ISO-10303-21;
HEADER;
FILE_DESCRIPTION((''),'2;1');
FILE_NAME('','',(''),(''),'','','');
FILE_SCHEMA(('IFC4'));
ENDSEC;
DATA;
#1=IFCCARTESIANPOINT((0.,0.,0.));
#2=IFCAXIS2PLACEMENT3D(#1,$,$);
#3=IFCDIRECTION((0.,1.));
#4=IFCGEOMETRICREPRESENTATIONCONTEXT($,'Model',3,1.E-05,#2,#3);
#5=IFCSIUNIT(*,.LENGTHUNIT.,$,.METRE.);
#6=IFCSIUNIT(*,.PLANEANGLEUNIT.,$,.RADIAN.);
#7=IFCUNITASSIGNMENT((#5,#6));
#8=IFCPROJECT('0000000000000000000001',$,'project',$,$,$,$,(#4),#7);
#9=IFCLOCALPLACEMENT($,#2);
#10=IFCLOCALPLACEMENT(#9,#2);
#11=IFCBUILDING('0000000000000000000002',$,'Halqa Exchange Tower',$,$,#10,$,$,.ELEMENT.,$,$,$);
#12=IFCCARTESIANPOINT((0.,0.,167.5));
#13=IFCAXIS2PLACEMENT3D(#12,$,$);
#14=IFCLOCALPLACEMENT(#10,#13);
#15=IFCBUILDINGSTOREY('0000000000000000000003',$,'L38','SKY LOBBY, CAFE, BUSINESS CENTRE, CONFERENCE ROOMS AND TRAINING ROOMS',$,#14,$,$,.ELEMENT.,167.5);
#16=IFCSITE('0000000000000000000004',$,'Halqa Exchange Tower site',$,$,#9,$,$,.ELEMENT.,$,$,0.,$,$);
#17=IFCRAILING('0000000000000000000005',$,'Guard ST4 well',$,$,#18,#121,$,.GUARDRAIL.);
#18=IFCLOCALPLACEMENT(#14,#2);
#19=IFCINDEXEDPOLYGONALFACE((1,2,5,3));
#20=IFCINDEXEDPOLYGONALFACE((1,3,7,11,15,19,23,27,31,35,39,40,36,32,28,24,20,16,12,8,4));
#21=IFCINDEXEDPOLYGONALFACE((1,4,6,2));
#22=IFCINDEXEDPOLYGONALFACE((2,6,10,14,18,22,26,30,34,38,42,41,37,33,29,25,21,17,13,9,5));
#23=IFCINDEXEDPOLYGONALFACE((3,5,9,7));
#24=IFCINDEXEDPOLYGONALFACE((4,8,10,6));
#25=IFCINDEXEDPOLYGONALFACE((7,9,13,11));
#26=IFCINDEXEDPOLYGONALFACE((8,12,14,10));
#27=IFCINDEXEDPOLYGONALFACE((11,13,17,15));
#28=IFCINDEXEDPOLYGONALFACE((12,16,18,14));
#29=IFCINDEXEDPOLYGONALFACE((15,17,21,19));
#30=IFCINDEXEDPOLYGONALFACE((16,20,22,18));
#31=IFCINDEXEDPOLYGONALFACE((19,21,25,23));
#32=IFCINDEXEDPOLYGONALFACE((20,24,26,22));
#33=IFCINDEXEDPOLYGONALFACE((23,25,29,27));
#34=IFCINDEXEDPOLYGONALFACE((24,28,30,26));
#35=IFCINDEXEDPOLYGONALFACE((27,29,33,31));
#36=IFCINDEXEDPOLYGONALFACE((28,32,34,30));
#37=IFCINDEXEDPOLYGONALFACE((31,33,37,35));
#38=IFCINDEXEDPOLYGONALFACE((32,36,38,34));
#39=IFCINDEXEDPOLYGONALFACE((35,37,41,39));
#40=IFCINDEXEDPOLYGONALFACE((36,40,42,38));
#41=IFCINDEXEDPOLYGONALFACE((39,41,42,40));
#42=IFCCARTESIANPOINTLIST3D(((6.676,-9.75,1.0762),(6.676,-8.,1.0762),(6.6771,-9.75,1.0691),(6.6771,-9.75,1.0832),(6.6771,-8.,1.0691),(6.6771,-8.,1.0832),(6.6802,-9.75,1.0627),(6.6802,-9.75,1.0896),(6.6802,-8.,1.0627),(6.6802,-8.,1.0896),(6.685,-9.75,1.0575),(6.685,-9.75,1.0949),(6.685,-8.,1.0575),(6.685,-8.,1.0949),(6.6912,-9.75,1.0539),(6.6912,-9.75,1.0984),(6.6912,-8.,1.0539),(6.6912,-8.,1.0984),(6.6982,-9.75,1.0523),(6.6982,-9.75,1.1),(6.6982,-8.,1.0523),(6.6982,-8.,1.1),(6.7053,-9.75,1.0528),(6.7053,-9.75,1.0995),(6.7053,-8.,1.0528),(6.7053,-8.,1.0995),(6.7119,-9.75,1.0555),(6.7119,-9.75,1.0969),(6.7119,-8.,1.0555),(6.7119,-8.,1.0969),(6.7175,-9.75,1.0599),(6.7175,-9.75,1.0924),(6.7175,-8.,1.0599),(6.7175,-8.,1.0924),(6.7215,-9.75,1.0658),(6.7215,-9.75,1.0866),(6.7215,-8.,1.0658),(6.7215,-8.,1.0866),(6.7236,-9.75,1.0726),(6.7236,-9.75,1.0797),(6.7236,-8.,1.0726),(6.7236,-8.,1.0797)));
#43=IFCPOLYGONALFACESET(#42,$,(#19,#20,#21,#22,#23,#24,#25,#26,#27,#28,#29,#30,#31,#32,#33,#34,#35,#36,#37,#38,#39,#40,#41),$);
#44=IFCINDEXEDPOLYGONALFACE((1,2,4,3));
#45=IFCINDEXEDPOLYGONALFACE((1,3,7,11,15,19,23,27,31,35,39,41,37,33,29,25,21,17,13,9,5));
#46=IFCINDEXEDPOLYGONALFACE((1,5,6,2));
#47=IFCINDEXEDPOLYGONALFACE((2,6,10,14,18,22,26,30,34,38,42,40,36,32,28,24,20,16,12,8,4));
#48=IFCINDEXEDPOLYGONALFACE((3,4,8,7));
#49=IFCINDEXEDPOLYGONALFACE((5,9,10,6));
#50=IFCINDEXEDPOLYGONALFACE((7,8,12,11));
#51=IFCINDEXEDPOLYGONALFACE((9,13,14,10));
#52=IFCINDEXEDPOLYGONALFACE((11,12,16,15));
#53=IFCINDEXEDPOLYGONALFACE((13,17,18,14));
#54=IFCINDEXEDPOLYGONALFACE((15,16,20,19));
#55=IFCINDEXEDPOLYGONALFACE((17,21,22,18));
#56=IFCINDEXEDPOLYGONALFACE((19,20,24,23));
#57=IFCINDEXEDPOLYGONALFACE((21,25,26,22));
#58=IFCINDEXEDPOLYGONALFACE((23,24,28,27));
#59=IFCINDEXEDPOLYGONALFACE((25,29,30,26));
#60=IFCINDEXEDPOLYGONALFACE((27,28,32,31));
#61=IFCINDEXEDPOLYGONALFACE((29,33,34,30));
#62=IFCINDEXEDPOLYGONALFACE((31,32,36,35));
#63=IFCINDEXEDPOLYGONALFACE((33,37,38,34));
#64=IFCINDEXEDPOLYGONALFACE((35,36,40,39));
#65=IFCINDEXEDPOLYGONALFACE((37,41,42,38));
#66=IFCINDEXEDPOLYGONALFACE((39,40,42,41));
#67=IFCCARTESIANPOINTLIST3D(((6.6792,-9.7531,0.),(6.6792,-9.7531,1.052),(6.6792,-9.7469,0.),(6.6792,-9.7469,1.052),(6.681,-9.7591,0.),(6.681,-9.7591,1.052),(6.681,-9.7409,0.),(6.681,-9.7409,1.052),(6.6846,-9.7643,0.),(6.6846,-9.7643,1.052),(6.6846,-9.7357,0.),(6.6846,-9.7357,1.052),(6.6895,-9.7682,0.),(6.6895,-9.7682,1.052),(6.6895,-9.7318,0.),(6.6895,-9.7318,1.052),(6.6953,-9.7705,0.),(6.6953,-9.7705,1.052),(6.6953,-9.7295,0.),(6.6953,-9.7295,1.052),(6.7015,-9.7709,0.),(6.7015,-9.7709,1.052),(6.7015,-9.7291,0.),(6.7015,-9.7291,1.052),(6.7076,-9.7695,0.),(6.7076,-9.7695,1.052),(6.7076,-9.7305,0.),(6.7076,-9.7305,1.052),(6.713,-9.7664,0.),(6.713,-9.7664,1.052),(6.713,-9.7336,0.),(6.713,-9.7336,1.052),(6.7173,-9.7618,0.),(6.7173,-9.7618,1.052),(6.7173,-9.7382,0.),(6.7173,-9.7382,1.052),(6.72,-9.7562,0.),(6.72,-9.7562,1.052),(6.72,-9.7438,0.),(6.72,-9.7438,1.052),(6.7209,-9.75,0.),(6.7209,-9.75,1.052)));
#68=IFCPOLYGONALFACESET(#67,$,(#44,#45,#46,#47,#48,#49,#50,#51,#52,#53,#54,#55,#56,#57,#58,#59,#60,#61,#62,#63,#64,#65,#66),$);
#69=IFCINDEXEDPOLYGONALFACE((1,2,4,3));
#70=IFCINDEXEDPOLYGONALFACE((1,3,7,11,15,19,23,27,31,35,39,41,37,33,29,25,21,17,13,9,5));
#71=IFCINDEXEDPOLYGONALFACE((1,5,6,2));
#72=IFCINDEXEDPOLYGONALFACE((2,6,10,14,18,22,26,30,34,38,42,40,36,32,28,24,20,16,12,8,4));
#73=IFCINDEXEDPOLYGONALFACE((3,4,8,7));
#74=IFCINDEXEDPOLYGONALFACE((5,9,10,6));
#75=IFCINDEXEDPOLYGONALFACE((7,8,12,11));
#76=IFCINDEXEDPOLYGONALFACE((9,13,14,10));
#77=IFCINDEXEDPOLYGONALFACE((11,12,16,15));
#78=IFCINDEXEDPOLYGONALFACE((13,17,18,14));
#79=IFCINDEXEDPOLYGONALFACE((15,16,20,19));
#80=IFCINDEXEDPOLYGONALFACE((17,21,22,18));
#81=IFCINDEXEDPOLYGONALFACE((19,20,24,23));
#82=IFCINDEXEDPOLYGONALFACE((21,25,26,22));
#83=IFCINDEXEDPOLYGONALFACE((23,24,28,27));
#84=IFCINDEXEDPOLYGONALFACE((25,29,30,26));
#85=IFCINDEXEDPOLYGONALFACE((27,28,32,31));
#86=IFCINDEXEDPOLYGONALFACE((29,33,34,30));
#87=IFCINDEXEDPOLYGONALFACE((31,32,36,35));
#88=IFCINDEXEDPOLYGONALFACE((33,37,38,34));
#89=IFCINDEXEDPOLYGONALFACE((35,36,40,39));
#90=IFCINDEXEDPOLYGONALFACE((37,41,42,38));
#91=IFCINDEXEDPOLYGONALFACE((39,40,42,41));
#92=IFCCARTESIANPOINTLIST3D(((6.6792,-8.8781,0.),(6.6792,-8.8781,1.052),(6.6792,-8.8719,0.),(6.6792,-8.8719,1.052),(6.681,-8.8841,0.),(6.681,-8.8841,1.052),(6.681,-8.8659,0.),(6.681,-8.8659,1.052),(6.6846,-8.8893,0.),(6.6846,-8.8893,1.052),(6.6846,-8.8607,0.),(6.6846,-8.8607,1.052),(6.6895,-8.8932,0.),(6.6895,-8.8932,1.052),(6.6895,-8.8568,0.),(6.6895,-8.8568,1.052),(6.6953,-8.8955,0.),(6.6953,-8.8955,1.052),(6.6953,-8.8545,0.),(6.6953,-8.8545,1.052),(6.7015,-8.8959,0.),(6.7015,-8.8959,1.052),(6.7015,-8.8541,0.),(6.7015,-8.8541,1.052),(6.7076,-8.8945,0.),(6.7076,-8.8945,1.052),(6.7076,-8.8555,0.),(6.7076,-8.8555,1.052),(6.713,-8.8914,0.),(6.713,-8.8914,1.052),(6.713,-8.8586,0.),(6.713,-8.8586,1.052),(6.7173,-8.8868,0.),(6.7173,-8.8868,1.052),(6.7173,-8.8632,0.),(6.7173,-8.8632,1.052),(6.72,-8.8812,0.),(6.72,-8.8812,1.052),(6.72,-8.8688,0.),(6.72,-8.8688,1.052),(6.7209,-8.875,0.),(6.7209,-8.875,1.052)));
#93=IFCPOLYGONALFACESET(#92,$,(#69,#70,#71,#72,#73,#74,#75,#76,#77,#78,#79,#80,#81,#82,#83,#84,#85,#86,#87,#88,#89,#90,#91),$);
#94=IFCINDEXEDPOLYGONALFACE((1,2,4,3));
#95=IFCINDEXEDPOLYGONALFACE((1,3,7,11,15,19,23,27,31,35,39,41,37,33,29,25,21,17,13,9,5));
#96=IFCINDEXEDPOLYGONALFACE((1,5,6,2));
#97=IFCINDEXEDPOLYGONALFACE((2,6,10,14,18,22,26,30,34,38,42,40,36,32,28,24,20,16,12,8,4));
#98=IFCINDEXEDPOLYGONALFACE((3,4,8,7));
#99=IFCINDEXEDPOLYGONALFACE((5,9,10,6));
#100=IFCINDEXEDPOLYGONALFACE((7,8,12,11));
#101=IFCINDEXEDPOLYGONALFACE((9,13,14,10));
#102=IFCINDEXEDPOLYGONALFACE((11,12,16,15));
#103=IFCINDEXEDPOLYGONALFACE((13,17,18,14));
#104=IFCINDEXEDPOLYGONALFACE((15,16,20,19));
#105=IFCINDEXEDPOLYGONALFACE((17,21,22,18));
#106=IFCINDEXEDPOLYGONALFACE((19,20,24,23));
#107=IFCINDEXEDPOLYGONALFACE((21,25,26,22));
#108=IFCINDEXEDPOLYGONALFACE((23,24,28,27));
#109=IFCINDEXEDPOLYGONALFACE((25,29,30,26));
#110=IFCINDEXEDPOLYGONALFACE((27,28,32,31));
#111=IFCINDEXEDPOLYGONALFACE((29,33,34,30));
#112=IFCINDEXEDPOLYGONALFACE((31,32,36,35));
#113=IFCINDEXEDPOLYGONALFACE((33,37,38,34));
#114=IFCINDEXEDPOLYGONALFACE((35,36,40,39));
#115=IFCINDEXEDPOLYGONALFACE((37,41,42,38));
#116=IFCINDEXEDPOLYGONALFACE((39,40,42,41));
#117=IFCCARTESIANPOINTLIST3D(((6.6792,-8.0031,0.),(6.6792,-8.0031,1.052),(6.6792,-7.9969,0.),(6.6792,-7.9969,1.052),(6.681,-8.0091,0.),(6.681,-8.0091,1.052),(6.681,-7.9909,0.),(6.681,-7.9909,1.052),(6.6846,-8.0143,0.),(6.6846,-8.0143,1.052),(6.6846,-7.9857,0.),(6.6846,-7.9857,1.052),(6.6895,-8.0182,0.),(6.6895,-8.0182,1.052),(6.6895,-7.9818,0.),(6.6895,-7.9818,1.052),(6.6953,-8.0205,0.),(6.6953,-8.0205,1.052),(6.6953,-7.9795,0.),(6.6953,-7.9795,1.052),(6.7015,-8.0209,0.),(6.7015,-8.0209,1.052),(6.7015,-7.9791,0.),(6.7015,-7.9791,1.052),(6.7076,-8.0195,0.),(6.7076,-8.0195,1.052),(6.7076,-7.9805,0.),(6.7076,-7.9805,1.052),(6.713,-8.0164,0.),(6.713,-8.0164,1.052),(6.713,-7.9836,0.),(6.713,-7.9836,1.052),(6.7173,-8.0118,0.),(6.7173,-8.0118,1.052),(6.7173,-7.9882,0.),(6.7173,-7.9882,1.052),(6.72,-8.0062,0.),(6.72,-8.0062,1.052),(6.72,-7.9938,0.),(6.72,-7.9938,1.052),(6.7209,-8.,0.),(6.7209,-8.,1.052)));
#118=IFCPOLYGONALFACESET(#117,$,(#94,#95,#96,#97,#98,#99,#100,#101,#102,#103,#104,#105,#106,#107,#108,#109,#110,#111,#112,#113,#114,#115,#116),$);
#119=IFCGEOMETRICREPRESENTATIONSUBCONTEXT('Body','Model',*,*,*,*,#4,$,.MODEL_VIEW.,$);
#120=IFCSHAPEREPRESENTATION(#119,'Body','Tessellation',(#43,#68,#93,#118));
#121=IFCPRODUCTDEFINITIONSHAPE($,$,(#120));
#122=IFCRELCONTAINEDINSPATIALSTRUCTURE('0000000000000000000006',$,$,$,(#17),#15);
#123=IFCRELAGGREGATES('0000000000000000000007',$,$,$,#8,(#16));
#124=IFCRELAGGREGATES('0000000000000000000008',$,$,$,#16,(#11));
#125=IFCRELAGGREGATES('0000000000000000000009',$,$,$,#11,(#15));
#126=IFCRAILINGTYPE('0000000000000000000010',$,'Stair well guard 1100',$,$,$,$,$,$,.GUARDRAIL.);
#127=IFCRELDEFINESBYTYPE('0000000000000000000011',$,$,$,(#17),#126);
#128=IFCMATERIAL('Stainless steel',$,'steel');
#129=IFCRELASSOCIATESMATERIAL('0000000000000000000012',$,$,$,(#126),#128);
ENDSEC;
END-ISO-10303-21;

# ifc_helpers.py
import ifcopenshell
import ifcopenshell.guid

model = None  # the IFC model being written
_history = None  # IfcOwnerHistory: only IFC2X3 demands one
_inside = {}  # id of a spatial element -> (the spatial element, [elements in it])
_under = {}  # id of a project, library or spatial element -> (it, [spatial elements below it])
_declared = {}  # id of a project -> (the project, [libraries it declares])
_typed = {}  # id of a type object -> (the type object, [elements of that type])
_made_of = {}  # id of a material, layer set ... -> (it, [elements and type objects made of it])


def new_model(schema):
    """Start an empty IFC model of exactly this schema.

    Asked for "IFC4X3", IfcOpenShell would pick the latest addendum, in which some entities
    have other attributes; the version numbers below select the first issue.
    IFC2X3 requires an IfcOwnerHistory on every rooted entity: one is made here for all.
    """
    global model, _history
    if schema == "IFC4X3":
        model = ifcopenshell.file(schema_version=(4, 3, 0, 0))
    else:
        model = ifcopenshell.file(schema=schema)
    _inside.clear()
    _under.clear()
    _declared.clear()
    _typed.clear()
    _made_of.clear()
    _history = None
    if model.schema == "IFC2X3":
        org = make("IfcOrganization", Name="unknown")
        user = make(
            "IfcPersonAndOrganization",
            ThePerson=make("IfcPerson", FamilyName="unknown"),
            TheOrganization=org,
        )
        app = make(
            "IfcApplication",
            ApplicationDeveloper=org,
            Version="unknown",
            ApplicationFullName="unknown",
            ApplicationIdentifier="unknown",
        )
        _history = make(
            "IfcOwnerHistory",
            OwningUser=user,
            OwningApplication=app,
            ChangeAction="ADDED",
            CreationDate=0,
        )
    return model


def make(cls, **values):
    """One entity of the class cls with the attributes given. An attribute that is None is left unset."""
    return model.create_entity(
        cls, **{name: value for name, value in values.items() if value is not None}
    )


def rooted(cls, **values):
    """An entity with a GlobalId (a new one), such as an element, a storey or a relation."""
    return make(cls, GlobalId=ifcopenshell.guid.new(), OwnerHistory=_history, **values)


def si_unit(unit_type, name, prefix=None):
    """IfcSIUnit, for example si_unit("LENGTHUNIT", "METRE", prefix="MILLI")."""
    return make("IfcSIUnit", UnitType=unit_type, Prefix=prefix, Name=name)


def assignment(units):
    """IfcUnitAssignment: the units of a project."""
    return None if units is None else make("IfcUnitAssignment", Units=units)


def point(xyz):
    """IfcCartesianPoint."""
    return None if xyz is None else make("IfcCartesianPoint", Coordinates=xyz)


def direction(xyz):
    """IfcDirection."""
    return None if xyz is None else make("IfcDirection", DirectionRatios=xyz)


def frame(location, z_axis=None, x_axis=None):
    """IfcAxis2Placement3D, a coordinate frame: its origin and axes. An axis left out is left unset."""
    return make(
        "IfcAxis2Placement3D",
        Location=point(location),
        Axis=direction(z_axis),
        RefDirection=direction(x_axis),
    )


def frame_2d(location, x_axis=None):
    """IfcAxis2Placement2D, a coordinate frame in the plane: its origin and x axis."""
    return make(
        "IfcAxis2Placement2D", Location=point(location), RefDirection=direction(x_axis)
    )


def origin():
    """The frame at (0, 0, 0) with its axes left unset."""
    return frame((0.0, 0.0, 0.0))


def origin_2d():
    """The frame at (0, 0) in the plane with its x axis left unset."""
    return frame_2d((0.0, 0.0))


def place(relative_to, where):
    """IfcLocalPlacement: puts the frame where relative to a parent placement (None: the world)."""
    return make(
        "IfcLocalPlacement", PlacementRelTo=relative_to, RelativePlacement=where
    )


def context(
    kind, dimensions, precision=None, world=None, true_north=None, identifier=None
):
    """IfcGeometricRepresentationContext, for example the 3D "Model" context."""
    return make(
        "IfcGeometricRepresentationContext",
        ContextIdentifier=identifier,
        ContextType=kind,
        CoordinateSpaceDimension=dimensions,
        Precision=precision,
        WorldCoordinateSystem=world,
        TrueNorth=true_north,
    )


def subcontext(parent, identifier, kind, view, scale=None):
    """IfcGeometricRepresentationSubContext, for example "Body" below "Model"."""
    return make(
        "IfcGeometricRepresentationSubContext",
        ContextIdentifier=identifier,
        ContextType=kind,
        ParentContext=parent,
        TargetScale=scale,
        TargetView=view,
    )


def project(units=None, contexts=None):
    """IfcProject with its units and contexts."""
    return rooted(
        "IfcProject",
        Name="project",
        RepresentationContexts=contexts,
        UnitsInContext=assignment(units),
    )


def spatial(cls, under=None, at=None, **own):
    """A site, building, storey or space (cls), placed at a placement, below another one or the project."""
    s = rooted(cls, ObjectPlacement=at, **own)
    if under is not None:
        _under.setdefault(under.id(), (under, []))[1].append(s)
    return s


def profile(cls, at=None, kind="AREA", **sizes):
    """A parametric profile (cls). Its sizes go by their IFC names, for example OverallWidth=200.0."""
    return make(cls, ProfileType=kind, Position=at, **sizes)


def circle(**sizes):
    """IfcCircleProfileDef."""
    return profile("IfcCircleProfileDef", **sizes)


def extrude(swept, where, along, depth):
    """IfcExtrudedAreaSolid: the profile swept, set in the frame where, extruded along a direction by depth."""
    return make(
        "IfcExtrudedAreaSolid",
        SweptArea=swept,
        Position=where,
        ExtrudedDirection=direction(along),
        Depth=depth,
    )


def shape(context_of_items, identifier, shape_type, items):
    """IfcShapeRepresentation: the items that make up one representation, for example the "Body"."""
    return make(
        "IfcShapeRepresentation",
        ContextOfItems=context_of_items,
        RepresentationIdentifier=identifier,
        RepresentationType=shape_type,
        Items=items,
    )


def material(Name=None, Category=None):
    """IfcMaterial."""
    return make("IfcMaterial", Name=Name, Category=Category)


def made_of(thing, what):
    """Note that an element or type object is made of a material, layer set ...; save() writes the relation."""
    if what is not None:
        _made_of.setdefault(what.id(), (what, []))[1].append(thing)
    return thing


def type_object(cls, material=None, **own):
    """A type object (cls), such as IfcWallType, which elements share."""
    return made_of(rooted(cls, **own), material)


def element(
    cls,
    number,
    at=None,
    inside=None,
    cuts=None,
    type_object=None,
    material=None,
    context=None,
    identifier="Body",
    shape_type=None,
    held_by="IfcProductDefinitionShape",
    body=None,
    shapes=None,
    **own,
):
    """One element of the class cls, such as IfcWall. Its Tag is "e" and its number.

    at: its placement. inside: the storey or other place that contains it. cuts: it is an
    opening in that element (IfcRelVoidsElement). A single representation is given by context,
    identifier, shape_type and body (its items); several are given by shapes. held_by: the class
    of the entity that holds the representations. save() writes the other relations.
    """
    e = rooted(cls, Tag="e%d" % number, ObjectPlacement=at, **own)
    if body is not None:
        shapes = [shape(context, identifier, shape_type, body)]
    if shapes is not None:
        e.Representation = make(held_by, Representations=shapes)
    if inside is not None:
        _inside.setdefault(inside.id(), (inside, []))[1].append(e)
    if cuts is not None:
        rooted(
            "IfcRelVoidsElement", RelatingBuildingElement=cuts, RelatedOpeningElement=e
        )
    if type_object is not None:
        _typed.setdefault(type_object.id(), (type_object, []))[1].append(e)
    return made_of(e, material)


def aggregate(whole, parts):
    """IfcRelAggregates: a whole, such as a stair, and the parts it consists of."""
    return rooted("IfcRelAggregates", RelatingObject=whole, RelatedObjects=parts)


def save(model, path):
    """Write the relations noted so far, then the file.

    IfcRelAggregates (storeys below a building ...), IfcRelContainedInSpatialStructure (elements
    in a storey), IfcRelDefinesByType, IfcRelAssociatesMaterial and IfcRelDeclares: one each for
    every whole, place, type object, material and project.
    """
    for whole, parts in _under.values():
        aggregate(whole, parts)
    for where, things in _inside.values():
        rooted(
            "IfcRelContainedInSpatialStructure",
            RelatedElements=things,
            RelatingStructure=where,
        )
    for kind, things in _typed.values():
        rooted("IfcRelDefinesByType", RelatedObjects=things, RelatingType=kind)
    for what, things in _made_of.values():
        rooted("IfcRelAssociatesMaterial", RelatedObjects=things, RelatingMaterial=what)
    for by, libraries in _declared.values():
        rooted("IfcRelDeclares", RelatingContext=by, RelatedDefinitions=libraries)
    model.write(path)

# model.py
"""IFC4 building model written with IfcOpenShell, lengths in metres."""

from ifc_helpers import new_model, si_unit, direction, frame, origin, origin_2d, place, context, subcontext, project, spatial, circle, extrude, material, type_object, element, save


model = new_model("IFC4")

# Units and contexts
model_context = context("Model", 3, precision=1e-05, world=origin(), true_north=direction((0.0, 1.0)))
body_context = subcontext(model_context, "Body", "Model", "MODEL_VIEW")
ifc_project = project(units=[si_unit("LENGTHUNIT", "METRE"), si_unit("PLANEANGLEUNIT", "RADIAN")], contexts=[model_context])

# Site, building, storey
site_placement = place(None, origin())
site = spatial("IfcSite", under=ifc_project, at=site_placement, Name="Halqa Exchange Tower site", CompositionType="ELEMENT", RefElevation=0.0)
building_placement = place(site_placement, origin())
building = spatial("IfcBuilding", under=site, at=building_placement, Name="Halqa Exchange Tower", CompositionType="ELEMENT")
storey_placement = place(building_placement, frame((0.0, 0.0, 167.5)))
storey = spatial("IfcBuildingStorey", under=building, at=storey_placement, Name="L38", Description="SKY LOBBY, CAFE, BUSINESS CENTRE, CONFERENCE ROOMS AND TRAINING ROOMS", CompositionType="ELEMENT", Elevation=167.5)

# Railing
ifc_material_1 = material(Name="Stainless steel", Category="steel")
railing_type_1 = type_object("IfcRailingType", Name="Stair well guard 1100", PredefinedType="GUARDRAIL", material=ifc_material_1)
railing_1_placement = place(storey_placement, frame((6.7, -9.75, 0.0)))
element("IfcRailing", 1, at=railing_1_placement, inside=storey, type_object=railing_type_1, Name="Guard ST4 well", PredefinedType="GUARDRAIL", context=body_context, shape_type="SweptSolid", body=[
    extrude(circle(Radius=0.0239, at=origin_2d()), frame((0.0, 0.0, 1.0762), z_axis=(0.0, 1.0, 0.0), x_axis=(-1.0, 0.0, 0.0)), (0.0, 0.0, 1.0), 1.75),
    extrude(circle(Radius=0.021, at=origin_2d()), origin(), (0.0, 0.0, 1.0), 1.052),
    extrude(circle(Radius=0.021, at=origin_2d()), frame((0.0, 0.875, 0.0)), (0.0, 0.0, 1.0), 1.052),
    extrude(circle(Radius=0.021, at=origin_2d()), frame((0.0, 1.75, 0.0)), (0.0, 0.0, 1.0), 1.052),
])

save(model, "model.ifc")
